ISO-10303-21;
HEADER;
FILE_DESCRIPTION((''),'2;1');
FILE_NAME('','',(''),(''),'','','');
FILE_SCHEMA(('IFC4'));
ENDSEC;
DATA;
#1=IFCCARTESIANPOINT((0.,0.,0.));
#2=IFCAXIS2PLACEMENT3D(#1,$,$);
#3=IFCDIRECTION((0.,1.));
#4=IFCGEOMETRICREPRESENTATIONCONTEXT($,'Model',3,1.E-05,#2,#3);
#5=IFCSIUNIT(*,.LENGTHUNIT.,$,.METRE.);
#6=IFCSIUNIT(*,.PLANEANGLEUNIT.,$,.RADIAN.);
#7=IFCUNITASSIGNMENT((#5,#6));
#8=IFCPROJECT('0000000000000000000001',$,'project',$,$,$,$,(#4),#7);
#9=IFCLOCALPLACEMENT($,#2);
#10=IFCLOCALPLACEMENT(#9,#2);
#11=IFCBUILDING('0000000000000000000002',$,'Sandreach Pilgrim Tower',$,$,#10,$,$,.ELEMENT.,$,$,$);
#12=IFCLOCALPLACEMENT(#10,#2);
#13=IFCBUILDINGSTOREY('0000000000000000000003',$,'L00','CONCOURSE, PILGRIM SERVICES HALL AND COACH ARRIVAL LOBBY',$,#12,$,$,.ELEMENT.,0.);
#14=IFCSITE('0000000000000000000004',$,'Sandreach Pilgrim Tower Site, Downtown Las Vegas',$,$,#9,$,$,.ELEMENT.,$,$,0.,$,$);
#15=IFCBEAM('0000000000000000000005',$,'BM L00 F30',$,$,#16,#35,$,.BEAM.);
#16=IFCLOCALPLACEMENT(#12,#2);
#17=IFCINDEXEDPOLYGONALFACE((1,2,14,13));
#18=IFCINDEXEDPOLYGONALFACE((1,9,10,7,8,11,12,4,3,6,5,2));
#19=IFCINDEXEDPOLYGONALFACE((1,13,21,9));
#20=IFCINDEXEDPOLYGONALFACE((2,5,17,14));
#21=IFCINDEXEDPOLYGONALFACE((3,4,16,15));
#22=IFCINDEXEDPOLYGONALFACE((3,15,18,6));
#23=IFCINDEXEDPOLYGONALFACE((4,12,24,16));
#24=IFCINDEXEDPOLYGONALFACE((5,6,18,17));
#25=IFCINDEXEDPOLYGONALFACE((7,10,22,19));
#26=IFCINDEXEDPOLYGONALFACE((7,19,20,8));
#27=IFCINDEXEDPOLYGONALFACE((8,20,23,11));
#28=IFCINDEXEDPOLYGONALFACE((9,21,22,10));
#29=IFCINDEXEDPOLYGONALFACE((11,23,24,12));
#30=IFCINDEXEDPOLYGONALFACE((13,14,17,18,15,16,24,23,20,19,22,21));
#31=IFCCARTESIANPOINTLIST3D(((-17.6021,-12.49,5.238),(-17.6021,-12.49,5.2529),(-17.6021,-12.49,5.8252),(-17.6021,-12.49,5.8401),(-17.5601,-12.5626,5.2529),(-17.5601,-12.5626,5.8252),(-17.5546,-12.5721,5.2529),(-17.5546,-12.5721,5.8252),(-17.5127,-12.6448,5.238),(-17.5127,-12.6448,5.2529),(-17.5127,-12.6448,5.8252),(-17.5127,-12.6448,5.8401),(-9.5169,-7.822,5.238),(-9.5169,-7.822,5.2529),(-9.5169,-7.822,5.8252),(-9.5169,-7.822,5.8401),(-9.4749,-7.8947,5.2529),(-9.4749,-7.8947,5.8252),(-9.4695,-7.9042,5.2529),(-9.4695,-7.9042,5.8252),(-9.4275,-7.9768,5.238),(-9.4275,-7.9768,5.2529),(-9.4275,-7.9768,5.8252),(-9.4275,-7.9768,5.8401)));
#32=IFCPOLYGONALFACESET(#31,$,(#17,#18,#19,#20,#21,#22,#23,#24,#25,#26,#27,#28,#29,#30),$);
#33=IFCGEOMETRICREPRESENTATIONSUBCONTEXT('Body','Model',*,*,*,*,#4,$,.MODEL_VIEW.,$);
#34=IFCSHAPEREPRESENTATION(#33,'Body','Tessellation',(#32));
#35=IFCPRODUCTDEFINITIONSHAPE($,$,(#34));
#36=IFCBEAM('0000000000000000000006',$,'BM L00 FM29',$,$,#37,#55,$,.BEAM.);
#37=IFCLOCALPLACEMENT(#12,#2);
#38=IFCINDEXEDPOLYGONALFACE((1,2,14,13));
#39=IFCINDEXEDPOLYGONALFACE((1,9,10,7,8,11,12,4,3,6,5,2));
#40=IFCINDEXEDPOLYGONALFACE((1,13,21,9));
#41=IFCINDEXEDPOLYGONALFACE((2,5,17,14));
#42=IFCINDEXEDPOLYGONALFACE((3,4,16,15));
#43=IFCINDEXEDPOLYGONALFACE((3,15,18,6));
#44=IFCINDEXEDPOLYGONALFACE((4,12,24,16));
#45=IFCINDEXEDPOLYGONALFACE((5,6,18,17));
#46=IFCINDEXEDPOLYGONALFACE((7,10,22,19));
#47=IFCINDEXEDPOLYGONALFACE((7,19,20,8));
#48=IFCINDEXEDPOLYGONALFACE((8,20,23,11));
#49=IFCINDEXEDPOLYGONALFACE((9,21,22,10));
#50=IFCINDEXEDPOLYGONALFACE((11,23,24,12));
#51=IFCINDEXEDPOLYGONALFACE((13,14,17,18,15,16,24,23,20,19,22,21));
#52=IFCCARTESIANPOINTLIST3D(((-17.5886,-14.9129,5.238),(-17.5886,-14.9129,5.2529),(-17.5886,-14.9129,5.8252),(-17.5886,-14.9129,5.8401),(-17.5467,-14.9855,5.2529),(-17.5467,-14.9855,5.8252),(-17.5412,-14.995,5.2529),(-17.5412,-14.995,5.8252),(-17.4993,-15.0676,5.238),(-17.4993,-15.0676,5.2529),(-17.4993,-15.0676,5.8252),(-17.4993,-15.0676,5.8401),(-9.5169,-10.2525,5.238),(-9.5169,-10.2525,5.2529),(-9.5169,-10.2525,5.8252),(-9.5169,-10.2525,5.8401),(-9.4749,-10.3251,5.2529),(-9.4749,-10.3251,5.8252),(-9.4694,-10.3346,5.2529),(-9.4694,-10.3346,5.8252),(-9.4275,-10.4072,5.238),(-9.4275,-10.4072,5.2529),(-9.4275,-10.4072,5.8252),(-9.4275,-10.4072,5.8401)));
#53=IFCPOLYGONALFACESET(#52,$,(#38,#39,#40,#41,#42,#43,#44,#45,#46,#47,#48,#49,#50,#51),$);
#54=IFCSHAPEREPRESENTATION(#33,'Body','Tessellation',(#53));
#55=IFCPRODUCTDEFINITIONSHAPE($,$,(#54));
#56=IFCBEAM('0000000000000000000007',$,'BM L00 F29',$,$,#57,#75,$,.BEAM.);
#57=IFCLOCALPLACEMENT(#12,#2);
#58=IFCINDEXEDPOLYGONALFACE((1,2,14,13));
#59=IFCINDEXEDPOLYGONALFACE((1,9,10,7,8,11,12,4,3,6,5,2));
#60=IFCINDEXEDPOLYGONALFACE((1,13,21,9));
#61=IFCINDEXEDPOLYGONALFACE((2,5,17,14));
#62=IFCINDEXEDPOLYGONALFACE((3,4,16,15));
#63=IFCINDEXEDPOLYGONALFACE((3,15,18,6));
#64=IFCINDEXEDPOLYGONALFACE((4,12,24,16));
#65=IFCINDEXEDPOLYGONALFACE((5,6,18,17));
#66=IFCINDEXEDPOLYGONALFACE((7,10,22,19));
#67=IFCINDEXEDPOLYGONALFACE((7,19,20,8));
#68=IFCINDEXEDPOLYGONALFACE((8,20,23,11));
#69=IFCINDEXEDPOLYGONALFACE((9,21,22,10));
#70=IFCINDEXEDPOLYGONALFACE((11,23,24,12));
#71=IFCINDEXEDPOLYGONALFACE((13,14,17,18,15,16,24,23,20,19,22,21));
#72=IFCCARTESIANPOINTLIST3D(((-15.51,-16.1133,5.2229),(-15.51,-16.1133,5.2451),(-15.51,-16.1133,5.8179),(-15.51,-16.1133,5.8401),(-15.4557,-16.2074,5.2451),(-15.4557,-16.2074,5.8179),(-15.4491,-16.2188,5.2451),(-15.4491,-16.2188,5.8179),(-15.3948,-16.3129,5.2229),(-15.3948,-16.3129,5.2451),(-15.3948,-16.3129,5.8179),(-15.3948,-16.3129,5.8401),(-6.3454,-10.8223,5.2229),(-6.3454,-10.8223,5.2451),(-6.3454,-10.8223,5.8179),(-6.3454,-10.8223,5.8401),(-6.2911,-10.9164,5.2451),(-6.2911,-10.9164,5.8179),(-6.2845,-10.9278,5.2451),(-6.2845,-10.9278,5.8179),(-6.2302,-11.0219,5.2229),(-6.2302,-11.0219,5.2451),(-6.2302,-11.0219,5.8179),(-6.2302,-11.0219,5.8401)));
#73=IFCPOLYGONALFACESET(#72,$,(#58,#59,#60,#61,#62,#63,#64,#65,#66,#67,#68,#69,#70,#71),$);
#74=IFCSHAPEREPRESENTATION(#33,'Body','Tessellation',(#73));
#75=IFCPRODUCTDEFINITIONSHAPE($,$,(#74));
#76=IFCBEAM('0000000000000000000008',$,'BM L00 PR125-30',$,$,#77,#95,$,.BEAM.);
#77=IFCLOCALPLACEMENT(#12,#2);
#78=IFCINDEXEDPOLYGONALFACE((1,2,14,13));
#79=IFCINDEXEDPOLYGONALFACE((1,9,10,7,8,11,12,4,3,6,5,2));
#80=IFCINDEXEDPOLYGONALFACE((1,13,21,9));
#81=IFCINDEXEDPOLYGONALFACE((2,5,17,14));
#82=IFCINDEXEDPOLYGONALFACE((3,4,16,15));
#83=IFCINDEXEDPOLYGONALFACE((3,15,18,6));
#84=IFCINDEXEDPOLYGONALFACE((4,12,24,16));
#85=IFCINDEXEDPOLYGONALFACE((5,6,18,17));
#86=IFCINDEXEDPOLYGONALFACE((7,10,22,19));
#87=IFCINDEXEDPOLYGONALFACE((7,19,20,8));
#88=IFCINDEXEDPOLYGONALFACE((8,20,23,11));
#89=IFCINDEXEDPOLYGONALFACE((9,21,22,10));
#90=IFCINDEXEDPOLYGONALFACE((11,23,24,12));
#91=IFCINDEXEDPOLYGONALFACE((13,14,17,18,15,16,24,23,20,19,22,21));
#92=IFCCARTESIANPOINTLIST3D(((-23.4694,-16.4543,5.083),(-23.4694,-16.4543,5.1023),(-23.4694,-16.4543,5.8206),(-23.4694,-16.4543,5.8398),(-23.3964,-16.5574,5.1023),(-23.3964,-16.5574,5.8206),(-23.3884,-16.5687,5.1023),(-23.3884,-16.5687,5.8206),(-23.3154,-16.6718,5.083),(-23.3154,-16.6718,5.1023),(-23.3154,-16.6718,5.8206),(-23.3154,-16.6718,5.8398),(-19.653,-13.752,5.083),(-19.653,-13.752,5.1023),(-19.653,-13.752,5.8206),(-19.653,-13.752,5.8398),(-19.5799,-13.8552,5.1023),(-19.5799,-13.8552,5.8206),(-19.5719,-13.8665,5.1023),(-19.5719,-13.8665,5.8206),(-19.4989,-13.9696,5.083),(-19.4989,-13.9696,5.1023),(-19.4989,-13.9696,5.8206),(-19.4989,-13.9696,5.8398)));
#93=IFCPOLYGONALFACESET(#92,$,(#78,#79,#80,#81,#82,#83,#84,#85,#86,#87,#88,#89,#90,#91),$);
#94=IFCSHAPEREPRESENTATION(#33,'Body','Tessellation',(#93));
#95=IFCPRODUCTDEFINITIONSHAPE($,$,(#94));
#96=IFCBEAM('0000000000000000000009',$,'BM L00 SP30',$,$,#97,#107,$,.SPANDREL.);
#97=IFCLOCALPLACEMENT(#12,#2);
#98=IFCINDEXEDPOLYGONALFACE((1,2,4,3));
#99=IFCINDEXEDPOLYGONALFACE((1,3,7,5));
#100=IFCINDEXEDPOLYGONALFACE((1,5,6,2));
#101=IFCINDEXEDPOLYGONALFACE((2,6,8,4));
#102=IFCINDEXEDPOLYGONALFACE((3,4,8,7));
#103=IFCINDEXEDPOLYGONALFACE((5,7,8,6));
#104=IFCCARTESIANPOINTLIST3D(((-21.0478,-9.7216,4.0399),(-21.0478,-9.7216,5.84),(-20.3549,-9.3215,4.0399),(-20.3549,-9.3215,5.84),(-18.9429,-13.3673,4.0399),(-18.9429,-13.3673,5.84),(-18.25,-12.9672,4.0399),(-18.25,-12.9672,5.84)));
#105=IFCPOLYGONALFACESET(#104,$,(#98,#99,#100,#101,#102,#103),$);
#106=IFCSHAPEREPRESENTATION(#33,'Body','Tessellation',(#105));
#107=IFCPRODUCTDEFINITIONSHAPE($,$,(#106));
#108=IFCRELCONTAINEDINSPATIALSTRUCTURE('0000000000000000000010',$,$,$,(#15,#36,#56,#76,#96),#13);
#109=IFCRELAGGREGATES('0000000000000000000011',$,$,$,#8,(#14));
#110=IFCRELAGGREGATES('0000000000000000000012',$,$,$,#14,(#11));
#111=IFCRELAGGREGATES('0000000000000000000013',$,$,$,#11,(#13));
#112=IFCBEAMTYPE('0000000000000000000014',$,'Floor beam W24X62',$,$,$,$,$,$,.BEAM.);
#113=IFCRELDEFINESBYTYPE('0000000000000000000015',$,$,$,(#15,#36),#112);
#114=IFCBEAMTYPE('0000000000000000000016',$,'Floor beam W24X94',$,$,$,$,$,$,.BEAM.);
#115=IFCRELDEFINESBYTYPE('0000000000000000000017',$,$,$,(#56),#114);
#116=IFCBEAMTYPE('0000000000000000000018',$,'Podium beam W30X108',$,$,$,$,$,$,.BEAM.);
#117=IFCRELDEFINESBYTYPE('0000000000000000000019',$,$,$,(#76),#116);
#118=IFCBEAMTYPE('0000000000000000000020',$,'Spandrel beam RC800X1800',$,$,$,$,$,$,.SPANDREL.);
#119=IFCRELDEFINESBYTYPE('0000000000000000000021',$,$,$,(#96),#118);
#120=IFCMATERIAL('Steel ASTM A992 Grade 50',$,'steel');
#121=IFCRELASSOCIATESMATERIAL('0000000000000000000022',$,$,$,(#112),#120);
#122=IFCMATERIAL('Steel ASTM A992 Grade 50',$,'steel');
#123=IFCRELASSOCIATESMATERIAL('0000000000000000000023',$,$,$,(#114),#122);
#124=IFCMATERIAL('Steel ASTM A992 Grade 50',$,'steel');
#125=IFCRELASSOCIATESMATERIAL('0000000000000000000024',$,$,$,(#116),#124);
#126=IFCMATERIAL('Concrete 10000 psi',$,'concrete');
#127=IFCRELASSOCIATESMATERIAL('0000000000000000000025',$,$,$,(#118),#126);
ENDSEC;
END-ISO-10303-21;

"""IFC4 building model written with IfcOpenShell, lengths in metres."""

from ifc_helpers import new_model, si_unit, direction, frame, origin, origin_2d, place, context, subcontext, project, spatial, rectangle, i_section, extrude, material, material_profile, profile_set, type_object, element, save


model = new_model("IFC4")

# Units and contexts
model_context = context("Model", 3, precision=1e-05, world=origin(), true_north=direction((0.0, 1.0)))
body_context = subcontext(model_context, "Body", "Model", "MODEL_VIEW")
ifc_project = project(units=[si_unit("LENGTHUNIT", "METRE"), si_unit("PLANEANGLEUNIT", "RADIAN")], contexts=[model_context])

# Site, building, storey
site_placement = place(None, origin())
site = spatial("IfcSite", under=ifc_project, at=site_placement, Name="Sandreach Pilgrim Tower Site, Downtown Las Vegas", CompositionType="ELEMENT", RefElevation=0.0)
building_placement = place(site_placement, origin())
building = spatial("IfcBuilding", under=site, at=building_placement, Name="Sandreach Pilgrim Tower", CompositionType="ELEMENT")
storey_placement = place(building_placement, origin())
storey = spatial("IfcBuildingStorey", under=building, at=storey_placement, Name="L00", Description="CONCOURSE, PILGRIM SERVICES HALL AND COACH ARRIVAL LOBBY", CompositionType="ELEMENT", Elevation=0.0)

# Beams
ifc_material_1 = material(Name="Steel ASTM A992 Grade 50", Category="steel")
ifc_material_profile_1 = material_profile(ifc_material_1, i_section(OverallWidth=0.1787, OverallDepth=0.6021, WebThickness=0.011, FlangeThickness=0.0149, at=origin_2d()), Name="W24X62")
ifc_profile_set_1 = profile_set([ifc_material_profile_1], Name="Steel ASTM A992 Grade 50")
beam_type_1 = type_object("IfcBeamType", Name="Floor beam W24X62", PredefinedType="BEAM", material=ifc_profile_set_1)
beam_1_placement = place(storey_placement, frame((-17.5574, -12.5674, 5.5391), z_axis=(0.866027, 0.499998, 0.0), x_axis=(-0.499998, 0.866027, 0.0)))
element("IfcBeam", 1, at=beam_1_placement, inside=storey, type_object=beam_type_1, Name="BM L00 F30", PredefinedType="BEAM", context=body_context, shape_type="SweptSolid", body=[
    extrude(i_section(OverallWidth=0.1787, OverallDepth=0.6021, WebThickness=0.011, FlangeThickness=0.0149, at=origin_2d()), origin(), (0.0, 0.0, 1.0), 9.3359),
])
beam_2_placement = place(storey_placement, frame((-17.5439, -14.9902, 5.5391), z_axis=(0.866018, 0.500013, 0.0), x_axis=(-0.500013, 0.866018, 0.0)))
element("IfcBeam", 2, at=beam_2_placement, inside=storey, type_object=beam_type_1, Name="BM L00 FM29", PredefinedType="BEAM", context=body_context, shape_type="SweptSolid", body=[
    extrude(i_section(OverallWidth=0.1787, OverallDepth=0.6021, WebThickness=0.011, FlangeThickness=0.0149, at=origin_2d()), origin(), (0.0, 0.0, 1.0), 9.3206),
])
ifc_material_2 = material(Name="Steel ASTM A992 Grade 50", Category="steel")
ifc_material_profile_2 = material_profile(ifc_material_2, i_section(OverallWidth=0.2305, OverallDepth=0.6172, WebThickness=0.0132, FlangeThickness=0.0222, at=origin_2d()), Name="W24X94")
ifc_profile_set_2 = profile_set([ifc_material_profile_2], Name="Steel ASTM A992 Grade 50")
beam_type_2 = type_object("IfcBeamType", Name="Floor beam W24X94", PredefinedType="BEAM", material=ifc_profile_set_2)
beam_3_placement = place(storey_placement, frame((-15.4524, -16.2131, 5.5315), z_axis=(0.866031, 0.49999, 0.0), x_axis=(-0.49999, 0.866031, 0.0)))
element("IfcBeam", 3, at=beam_3_placement, inside=storey, type_object=beam_type_2, Name="BM L00 F29", PredefinedType="BEAM", context=body_context, shape_type="SweptSolid", body=[
    extrude(i_section(OverallWidth=0.2305, OverallDepth=0.6172, WebThickness=0.0132, FlangeThickness=0.0222, at=origin_2d()), origin(), (0.0, 0.0, 1.0), 10.5823),
])
ifc_material_3 = material(Name="Steel ASTM A992 Grade 50", Category="steel")
ifc_material_profile_3 = material_profile(ifc_material_3, i_section(OverallWidth=0.2666, OverallDepth=0.7568, WebThickness=0.0139, FlangeThickness=0.0193, at=origin_2d()), Name="W30X108")
ifc_profile_set_3 = profile_set([ifc_material_profile_3], Name="Steel ASTM A992 Grade 50")
beam_type_3 = type_object("IfcBeamType", Name="Podium beam W30X108", PredefinedType="BEAM", material=ifc_profile_set_3)
beam_4_placement = place(storey_placement, frame((-19.5759, -13.8608, 5.4614), z_axis=(-0.816139, -0.577855, 0.0), x_axis=(0.577855, -0.816139, 0.0)))
element("IfcBeam", 4, at=beam_4_placement, inside=storey, type_object=beam_type_3, Name="BM L00 PR125-30", PredefinedType="BEAM", context=body_context, shape_type="SweptSolid", body=[
    extrude(i_section(OverallWidth=0.2666, OverallDepth=0.7568, WebThickness=0.0139, FlangeThickness=0.0193, at=origin_2d()), origin(), (0.0, 0.0, 1.0), 4.6763),
])
ifc_material_4 = material(Name="Concrete 10000 psi", Category="concrete")
ifc_material_profile_4 = material_profile(ifc_material_4, rectangle(XDim=0.8, YDim=1.8, at=origin_2d()), Name="RC800X1800")
ifc_profile_set_4 = profile_set([ifc_material_profile_4], Name="Concrete 10000 psi")
beam_type_4 = type_object("IfcBeamType", Name="Spandrel beam RC800X1800", PredefinedType="SPANDREL", material=ifc_profile_set_4)
beam_5_placement = place(storey_placement, frame((-18.5964, -13.1672, 4.9399), z_axis=(-0.500019, 0.866015, 0.0), x_axis=(-0.866015, -0.500019, 0.0)))
element("IfcBeam", 5, at=beam_5_placement, inside=storey, type_object=beam_type_4, Name="BM L00 SP30", PredefinedType="SPANDREL", context=body_context, shape_type="SweptSolid", body=[
    extrude(rectangle(XDim=0.8, YDim=1.8, at=origin_2d()), origin(), (0.0, 0.0, 1.0), 4.2097),
])

save(model, "model.ifc")
